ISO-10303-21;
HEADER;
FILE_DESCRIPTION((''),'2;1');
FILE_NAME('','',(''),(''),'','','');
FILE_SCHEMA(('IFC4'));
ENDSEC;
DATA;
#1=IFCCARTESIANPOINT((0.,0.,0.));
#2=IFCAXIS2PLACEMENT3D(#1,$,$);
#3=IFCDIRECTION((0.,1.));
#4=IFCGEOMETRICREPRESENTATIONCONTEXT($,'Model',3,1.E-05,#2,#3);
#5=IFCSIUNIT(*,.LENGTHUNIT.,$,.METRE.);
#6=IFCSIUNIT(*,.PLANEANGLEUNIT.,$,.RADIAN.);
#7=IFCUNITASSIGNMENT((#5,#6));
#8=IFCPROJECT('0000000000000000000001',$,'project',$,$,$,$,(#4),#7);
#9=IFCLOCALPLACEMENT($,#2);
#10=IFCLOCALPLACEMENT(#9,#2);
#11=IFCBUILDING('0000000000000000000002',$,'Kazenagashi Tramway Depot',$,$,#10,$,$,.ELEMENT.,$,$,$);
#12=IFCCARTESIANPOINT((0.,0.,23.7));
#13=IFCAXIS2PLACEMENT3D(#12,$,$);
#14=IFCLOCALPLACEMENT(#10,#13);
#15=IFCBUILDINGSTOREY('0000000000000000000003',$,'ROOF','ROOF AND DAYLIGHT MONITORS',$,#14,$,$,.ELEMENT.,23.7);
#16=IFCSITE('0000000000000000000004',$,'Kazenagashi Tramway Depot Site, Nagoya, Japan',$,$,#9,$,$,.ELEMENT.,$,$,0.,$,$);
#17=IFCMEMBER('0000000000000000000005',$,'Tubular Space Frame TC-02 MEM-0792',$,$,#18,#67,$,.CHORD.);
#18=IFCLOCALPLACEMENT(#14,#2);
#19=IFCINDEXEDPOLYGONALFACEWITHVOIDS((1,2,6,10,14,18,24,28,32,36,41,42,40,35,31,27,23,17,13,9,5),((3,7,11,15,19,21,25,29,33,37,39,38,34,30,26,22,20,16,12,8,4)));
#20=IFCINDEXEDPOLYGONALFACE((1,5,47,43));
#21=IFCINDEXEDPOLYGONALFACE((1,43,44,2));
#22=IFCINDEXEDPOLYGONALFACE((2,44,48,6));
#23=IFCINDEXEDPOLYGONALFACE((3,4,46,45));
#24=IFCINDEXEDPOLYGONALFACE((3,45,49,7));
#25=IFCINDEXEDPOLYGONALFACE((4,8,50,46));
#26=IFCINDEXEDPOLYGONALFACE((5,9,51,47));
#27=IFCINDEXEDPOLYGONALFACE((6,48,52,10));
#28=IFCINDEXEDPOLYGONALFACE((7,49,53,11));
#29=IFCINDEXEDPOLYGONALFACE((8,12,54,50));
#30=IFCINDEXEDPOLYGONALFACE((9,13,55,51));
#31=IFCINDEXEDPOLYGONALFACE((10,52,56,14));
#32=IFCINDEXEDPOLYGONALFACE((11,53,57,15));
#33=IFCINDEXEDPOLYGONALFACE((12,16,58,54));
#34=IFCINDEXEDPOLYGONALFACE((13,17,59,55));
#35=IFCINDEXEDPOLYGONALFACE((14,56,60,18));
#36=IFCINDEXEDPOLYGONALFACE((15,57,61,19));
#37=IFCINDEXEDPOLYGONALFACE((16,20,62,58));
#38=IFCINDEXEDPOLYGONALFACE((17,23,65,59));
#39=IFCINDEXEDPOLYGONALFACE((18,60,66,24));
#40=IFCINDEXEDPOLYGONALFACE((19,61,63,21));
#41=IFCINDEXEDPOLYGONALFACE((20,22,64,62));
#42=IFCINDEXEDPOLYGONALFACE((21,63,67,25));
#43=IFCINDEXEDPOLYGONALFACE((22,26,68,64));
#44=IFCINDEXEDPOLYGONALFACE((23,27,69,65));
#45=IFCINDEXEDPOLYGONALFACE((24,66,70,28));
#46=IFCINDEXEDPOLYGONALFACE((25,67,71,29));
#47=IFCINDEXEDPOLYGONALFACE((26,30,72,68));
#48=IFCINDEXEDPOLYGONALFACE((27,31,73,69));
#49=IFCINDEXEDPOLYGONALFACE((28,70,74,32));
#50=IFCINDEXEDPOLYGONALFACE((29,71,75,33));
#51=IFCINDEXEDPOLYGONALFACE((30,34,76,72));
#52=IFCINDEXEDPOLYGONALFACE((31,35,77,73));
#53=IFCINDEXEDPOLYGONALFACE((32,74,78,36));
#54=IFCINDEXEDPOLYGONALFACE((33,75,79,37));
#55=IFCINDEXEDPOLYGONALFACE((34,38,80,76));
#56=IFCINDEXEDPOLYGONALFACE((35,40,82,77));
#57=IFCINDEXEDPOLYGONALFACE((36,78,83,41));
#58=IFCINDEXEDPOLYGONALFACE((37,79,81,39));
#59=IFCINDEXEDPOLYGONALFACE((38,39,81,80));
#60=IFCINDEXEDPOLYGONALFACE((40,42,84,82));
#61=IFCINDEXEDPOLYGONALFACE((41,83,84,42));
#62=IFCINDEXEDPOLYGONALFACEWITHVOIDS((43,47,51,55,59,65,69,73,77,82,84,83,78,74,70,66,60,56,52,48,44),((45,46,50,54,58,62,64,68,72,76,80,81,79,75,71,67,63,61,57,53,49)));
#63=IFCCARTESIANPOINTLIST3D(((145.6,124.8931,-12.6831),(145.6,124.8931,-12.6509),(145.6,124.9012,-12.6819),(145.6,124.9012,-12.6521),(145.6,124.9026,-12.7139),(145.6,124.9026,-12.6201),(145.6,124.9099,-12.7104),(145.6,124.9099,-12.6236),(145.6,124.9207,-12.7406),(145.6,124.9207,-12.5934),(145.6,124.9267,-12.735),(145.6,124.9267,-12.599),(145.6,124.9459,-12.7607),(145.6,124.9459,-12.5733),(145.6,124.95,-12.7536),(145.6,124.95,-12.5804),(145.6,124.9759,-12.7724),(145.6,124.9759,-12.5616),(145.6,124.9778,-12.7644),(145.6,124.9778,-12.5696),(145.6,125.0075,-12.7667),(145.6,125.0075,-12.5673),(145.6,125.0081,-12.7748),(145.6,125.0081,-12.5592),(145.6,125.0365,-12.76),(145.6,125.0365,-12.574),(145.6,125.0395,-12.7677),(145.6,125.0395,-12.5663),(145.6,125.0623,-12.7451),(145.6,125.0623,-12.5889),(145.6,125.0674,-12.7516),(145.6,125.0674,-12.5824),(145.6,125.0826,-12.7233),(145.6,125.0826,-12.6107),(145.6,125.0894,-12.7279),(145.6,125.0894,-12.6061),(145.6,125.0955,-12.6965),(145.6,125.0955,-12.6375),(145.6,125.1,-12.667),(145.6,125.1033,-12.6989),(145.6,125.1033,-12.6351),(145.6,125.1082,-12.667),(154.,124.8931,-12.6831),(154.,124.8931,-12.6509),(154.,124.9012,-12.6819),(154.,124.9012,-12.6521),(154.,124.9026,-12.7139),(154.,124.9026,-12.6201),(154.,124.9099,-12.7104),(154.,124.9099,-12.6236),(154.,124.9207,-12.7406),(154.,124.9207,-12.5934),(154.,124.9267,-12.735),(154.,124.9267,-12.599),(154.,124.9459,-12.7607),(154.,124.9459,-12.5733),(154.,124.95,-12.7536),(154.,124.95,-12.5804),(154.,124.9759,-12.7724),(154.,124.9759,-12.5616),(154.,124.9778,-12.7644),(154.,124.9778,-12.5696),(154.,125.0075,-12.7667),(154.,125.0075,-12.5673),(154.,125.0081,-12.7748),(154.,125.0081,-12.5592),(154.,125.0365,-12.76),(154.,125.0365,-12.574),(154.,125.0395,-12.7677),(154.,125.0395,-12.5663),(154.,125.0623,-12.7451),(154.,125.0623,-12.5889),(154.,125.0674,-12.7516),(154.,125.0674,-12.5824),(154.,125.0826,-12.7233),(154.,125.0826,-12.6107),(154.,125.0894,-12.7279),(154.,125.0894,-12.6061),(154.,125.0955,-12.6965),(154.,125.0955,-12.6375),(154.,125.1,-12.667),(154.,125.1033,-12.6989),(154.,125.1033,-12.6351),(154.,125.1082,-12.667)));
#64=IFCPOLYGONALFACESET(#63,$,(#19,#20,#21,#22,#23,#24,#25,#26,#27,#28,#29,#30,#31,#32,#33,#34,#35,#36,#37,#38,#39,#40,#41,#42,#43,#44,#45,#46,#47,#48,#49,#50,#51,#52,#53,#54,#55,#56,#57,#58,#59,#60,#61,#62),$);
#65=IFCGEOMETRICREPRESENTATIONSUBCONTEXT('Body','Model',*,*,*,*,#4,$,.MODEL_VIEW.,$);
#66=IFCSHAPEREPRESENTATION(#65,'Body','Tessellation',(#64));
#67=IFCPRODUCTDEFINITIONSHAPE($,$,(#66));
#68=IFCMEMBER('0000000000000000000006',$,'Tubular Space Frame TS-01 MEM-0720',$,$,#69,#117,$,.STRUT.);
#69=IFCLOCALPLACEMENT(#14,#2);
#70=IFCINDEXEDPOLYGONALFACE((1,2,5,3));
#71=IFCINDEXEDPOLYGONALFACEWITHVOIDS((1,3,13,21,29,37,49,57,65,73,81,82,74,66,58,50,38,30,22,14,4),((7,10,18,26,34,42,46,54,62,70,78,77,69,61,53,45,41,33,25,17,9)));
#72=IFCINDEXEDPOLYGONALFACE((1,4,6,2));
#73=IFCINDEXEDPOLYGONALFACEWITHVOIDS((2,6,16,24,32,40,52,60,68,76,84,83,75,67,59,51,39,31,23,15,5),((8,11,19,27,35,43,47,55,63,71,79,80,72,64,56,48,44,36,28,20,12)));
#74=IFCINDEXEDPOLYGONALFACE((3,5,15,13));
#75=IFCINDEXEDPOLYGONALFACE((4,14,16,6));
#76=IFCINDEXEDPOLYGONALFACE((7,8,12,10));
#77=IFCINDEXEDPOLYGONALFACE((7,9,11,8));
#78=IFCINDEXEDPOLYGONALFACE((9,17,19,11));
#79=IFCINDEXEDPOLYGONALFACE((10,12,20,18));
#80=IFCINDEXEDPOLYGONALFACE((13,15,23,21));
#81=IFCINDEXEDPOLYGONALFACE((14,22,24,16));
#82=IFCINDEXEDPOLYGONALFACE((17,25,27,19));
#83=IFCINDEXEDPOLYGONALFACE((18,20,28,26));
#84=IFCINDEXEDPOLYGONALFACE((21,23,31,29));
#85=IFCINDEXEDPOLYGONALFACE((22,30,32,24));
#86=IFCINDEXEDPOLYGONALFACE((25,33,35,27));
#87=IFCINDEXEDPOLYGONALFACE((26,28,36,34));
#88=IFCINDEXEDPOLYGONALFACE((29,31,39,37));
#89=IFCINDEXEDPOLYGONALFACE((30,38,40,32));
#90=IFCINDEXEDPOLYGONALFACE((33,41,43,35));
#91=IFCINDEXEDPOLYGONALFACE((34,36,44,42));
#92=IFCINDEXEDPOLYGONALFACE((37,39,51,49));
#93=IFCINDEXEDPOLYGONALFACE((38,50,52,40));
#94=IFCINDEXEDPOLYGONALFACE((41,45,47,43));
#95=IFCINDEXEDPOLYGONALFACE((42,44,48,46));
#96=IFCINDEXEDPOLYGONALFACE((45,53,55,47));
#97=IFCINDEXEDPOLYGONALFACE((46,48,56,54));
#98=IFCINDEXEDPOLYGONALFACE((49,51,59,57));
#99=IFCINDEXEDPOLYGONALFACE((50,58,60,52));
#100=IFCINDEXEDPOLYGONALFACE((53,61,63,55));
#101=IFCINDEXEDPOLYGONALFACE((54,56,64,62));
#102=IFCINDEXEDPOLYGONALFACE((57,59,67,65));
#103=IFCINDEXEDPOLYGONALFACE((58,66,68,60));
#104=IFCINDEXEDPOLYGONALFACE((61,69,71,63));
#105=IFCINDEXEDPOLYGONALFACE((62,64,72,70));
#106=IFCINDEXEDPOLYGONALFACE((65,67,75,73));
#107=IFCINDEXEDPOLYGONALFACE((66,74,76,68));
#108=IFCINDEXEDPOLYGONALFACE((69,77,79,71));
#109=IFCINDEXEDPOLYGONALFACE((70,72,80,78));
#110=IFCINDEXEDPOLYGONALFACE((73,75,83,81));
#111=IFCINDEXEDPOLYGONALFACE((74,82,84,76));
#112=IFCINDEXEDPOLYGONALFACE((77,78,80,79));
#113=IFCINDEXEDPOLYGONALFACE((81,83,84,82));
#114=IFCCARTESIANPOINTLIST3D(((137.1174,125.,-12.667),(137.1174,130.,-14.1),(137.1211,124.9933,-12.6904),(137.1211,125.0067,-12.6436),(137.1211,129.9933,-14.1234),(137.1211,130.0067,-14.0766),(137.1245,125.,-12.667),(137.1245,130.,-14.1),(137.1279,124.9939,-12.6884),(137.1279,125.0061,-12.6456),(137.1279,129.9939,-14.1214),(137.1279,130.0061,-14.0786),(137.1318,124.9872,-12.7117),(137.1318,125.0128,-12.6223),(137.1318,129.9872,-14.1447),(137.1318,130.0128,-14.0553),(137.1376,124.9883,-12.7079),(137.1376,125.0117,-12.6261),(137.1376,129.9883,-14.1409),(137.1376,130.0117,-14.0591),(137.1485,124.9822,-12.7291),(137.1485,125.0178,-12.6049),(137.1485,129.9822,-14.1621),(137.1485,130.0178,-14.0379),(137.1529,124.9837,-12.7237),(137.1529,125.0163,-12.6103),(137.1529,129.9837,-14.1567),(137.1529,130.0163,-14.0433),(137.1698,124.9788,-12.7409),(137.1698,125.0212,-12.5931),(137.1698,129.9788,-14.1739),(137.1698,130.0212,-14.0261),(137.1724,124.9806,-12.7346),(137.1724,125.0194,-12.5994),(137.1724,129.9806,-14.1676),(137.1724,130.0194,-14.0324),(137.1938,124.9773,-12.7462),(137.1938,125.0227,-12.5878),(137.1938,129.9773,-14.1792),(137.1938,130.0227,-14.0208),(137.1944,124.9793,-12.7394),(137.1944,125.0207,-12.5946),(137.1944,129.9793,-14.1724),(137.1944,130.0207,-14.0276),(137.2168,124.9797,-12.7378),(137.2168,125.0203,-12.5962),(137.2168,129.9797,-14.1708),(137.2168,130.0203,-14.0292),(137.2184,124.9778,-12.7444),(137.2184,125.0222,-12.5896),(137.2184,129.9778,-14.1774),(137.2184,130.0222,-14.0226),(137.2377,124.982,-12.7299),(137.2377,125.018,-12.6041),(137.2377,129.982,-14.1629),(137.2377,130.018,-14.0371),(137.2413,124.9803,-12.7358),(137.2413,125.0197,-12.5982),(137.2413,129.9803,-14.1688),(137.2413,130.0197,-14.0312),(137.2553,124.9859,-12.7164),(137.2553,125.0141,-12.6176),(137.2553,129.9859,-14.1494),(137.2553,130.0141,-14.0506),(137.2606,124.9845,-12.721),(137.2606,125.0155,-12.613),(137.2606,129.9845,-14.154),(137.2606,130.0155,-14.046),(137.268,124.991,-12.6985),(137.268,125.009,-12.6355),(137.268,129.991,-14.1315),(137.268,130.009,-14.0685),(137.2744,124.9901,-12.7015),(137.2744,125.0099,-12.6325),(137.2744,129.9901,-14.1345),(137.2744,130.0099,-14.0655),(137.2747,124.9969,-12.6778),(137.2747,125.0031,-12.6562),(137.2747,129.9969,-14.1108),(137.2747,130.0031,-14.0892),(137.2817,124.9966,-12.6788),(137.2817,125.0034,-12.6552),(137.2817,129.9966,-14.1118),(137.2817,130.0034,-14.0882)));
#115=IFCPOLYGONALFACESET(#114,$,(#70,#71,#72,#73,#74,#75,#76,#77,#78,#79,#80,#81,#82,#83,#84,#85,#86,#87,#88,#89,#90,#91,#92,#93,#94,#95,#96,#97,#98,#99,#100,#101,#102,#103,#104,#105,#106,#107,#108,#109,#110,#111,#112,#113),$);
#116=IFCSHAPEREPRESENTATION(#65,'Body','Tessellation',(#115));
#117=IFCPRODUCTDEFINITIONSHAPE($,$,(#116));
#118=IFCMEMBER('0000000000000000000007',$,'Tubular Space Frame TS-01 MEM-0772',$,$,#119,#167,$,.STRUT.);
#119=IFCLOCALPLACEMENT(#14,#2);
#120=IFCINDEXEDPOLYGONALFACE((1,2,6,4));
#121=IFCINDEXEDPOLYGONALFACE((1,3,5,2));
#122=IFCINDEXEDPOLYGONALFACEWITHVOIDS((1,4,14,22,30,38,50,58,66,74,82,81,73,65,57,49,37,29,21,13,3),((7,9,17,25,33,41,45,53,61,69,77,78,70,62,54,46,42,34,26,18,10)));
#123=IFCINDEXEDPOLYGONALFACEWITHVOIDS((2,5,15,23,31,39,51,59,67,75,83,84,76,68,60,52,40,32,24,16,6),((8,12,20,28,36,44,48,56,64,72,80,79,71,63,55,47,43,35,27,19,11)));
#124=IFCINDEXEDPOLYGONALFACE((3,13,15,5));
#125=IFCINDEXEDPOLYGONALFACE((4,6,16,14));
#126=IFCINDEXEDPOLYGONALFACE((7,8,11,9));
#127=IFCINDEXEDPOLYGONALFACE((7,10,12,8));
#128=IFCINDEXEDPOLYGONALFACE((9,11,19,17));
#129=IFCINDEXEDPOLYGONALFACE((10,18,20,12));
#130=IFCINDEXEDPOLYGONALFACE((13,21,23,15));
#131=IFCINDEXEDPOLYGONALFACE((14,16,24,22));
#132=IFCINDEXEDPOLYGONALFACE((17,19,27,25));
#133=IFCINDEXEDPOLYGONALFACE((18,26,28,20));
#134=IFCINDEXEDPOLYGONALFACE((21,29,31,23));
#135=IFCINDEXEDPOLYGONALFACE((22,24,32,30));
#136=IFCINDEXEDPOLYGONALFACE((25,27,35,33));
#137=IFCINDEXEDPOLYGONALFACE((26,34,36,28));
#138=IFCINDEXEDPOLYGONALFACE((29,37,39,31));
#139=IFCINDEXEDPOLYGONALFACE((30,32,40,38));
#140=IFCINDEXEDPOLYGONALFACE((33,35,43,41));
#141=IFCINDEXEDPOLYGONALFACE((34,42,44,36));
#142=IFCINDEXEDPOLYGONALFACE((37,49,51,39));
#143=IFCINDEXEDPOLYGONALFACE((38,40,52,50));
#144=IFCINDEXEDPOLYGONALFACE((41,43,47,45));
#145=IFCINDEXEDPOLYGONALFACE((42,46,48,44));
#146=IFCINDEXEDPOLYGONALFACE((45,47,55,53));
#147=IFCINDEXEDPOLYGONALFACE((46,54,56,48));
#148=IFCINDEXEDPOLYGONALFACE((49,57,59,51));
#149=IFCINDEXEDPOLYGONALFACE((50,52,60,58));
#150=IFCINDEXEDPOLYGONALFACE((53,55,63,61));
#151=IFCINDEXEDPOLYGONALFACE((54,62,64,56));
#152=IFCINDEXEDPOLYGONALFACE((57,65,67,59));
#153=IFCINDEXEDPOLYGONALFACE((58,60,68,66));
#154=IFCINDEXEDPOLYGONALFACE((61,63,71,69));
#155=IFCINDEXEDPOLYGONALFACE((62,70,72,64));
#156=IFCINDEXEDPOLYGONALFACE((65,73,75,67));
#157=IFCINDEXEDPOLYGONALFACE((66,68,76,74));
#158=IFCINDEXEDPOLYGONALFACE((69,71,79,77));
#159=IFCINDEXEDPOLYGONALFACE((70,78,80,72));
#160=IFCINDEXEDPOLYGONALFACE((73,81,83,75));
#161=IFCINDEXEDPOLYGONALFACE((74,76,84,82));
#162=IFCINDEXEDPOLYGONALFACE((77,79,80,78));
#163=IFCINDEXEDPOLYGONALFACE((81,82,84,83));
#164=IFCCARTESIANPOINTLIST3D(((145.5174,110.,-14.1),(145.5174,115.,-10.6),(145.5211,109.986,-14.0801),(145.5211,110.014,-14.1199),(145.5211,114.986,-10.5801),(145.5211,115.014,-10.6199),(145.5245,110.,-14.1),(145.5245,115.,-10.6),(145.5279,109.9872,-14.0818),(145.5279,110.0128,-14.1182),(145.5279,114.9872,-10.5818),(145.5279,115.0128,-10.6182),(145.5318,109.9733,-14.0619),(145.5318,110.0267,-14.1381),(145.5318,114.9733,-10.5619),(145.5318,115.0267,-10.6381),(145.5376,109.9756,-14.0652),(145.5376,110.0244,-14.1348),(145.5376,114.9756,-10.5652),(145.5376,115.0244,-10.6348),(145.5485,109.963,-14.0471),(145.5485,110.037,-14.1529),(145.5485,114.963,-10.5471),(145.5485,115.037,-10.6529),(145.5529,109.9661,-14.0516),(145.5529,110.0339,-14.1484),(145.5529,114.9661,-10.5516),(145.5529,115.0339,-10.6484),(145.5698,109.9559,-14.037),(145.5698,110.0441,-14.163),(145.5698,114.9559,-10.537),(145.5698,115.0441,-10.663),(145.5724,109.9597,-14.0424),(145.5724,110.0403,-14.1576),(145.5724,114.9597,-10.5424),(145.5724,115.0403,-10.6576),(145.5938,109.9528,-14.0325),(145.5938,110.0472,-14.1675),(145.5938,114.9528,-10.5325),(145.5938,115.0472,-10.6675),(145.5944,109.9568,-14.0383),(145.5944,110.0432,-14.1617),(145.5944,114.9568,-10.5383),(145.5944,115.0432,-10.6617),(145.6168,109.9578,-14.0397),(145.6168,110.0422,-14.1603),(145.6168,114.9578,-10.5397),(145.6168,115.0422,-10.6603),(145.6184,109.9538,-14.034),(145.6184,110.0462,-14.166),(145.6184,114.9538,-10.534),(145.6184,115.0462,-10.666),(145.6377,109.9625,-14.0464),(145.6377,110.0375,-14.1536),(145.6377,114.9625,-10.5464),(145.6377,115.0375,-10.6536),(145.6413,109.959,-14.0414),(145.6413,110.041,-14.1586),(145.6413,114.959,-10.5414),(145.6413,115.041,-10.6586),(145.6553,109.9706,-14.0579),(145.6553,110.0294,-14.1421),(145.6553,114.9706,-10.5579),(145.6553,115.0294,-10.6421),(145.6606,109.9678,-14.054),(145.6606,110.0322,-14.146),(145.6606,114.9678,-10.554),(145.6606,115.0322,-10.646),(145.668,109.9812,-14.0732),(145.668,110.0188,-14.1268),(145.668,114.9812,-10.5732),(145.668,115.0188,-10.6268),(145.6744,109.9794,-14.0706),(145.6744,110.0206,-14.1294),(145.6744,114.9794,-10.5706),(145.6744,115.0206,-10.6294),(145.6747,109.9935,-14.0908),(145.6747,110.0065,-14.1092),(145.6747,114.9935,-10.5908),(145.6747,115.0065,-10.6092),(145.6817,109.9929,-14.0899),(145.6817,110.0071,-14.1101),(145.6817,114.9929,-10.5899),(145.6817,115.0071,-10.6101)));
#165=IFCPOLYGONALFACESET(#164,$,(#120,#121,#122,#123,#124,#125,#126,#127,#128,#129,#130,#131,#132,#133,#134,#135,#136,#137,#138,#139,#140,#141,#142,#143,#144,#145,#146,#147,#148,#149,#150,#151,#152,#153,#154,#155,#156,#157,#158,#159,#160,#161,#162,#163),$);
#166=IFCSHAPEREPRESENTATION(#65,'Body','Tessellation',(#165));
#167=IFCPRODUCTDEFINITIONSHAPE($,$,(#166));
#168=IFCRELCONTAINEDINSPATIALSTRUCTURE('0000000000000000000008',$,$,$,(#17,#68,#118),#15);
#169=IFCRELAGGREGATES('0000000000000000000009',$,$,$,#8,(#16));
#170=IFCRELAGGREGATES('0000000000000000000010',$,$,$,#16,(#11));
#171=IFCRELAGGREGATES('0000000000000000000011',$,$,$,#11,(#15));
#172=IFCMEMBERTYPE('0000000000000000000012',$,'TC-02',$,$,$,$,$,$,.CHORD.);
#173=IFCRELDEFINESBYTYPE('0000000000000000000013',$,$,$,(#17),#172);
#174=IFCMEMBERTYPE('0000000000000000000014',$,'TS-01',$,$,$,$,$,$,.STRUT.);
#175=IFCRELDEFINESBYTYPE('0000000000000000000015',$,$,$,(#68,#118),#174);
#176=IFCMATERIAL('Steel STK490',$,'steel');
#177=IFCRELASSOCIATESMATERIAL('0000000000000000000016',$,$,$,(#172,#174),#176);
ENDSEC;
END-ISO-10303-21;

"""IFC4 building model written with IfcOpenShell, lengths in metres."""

from ifc_helpers import new_model, si_unit, direction, frame, origin, origin_2d, place, context, subcontext, project, spatial, hollow_circle, extrude, material, material_profile, profile_set, type_object, element, save


model = new_model("IFC4")

# Units and contexts
model_context = context("Model", 3, precision=1e-05, world=origin(), true_north=direction((0.0, 1.0)))
body_context = subcontext(model_context, "Body", "Model", "MODEL_VIEW")
ifc_project = project(units=[si_unit("LENGTHUNIT", "METRE"), si_unit("PLANEANGLEUNIT", "RADIAN")], contexts=[model_context])

# Site, building, storey
site_placement = place(None, origin())
site = spatial("IfcSite", under=ifc_project, at=site_placement, Name="Kazenagashi Tramway Depot Site, Nagoya, Japan", CompositionType="ELEMENT", RefElevation=0.0)
building_placement = place(site_placement, origin())
building = spatial("IfcBuilding", under=site, at=building_placement, Name="Kazenagashi Tramway Depot", CompositionType="ELEMENT")
storey_placement = place(building_placement, frame((0.0, 0.0, 23.7)))
storey = spatial("IfcBuildingStorey", under=building, at=storey_placement, Name="ROOF", Description="ROOF AND DAYLIGHT MONITORS", CompositionType="ELEMENT", Elevation=23.7)

# Members
ifc_material_1 = material(Name="Steel STK490", Category="steel")
ifc_material_profile_1 = material_profile(ifc_material_1, hollow_circle(Radius=0.1081, WallThickness=0.0082, at=origin_2d()), Name="CHS-216.3x8.2")
ifc_profile_set_1 = profile_set([ifc_material_profile_1], Name="Steel STK490")
member_type_1 = type_object("IfcMemberType", Name="TC-02", PredefinedType="CHORD", material=ifc_profile_set_1)
for number, where, z_axis, x_axis, name in (
    (1, (145.6, 125.0, -12.667), (1.0, 0.0, 0.0), (0.0, 1.0, 0.0), "Tubular Space Frame TC-02 MEM-0792"),
):
    element("IfcMember", number, at=place(storey_placement, frame(where, z_axis=z_axis, x_axis=x_axis)), inside=storey, type_object=member_type_1, Name=name, PredefinedType="CHORD", context=body_context, shape_type="SweptSolid", body=[
        extrude(hollow_circle(Radius=0.1081, WallThickness=0.0082, at=origin_2d()), origin(), (0.0, 0.0, 1.0), 8.4),
    ])
ifc_material_profile_2 = material_profile(ifc_material_1, hollow_circle(Radius=0.0826, WallThickness=0.0071, at=origin_2d()), Name="CHS-165.2x7.1")
ifc_profile_set_2 = profile_set([ifc_material_profile_2], Name="Steel STK490")
member_type_2 = type_object("IfcMemberType", Name="TS-01", PredefinedType="STRUT", material=ifc_profile_set_2)
member_1_placement = place(storey_placement, frame((137.2, 125.0, -12.667), z_axis=(0.0, 0.961299, -0.275508), x_axis=(-1.0, 0.0, 0.0)))
element("IfcMember", 2, at=member_1_placement, inside=storey, type_object=member_type_2, Name="Tubular Space Frame TS-01 MEM-0720", PredefinedType="STRUT", context=body_context, shape_type="SweptSolid", body=[
    extrude(hollow_circle(Radius=0.0826, WallThickness=0.0071, at=origin_2d()), origin(), (0.0, 0.0, 1.0), 5.2013),
])
for number, where, z_axis, x_axis, name in (
    (3, (145.6, 110.0, -14.1), (0.0, 0.819232, 0.573462), (-1.0, 0.0, 0.0), "Tubular Space Frame TS-01 MEM-0772"),
):
    element("IfcMember", number, at=place(storey_placement, frame(where, z_axis=z_axis, x_axis=x_axis)), inside=storey, type_object=member_type_2, Name=name, PredefinedType="STRUT", context=body_context, shape_type="SweptSolid", body=[
        extrude(hollow_circle(Radius=0.0826, WallThickness=0.0071, at=origin_2d()), origin(), (0.0, 0.0, 1.0), 6.1033),
    ])

save(model, "model.ifc")
